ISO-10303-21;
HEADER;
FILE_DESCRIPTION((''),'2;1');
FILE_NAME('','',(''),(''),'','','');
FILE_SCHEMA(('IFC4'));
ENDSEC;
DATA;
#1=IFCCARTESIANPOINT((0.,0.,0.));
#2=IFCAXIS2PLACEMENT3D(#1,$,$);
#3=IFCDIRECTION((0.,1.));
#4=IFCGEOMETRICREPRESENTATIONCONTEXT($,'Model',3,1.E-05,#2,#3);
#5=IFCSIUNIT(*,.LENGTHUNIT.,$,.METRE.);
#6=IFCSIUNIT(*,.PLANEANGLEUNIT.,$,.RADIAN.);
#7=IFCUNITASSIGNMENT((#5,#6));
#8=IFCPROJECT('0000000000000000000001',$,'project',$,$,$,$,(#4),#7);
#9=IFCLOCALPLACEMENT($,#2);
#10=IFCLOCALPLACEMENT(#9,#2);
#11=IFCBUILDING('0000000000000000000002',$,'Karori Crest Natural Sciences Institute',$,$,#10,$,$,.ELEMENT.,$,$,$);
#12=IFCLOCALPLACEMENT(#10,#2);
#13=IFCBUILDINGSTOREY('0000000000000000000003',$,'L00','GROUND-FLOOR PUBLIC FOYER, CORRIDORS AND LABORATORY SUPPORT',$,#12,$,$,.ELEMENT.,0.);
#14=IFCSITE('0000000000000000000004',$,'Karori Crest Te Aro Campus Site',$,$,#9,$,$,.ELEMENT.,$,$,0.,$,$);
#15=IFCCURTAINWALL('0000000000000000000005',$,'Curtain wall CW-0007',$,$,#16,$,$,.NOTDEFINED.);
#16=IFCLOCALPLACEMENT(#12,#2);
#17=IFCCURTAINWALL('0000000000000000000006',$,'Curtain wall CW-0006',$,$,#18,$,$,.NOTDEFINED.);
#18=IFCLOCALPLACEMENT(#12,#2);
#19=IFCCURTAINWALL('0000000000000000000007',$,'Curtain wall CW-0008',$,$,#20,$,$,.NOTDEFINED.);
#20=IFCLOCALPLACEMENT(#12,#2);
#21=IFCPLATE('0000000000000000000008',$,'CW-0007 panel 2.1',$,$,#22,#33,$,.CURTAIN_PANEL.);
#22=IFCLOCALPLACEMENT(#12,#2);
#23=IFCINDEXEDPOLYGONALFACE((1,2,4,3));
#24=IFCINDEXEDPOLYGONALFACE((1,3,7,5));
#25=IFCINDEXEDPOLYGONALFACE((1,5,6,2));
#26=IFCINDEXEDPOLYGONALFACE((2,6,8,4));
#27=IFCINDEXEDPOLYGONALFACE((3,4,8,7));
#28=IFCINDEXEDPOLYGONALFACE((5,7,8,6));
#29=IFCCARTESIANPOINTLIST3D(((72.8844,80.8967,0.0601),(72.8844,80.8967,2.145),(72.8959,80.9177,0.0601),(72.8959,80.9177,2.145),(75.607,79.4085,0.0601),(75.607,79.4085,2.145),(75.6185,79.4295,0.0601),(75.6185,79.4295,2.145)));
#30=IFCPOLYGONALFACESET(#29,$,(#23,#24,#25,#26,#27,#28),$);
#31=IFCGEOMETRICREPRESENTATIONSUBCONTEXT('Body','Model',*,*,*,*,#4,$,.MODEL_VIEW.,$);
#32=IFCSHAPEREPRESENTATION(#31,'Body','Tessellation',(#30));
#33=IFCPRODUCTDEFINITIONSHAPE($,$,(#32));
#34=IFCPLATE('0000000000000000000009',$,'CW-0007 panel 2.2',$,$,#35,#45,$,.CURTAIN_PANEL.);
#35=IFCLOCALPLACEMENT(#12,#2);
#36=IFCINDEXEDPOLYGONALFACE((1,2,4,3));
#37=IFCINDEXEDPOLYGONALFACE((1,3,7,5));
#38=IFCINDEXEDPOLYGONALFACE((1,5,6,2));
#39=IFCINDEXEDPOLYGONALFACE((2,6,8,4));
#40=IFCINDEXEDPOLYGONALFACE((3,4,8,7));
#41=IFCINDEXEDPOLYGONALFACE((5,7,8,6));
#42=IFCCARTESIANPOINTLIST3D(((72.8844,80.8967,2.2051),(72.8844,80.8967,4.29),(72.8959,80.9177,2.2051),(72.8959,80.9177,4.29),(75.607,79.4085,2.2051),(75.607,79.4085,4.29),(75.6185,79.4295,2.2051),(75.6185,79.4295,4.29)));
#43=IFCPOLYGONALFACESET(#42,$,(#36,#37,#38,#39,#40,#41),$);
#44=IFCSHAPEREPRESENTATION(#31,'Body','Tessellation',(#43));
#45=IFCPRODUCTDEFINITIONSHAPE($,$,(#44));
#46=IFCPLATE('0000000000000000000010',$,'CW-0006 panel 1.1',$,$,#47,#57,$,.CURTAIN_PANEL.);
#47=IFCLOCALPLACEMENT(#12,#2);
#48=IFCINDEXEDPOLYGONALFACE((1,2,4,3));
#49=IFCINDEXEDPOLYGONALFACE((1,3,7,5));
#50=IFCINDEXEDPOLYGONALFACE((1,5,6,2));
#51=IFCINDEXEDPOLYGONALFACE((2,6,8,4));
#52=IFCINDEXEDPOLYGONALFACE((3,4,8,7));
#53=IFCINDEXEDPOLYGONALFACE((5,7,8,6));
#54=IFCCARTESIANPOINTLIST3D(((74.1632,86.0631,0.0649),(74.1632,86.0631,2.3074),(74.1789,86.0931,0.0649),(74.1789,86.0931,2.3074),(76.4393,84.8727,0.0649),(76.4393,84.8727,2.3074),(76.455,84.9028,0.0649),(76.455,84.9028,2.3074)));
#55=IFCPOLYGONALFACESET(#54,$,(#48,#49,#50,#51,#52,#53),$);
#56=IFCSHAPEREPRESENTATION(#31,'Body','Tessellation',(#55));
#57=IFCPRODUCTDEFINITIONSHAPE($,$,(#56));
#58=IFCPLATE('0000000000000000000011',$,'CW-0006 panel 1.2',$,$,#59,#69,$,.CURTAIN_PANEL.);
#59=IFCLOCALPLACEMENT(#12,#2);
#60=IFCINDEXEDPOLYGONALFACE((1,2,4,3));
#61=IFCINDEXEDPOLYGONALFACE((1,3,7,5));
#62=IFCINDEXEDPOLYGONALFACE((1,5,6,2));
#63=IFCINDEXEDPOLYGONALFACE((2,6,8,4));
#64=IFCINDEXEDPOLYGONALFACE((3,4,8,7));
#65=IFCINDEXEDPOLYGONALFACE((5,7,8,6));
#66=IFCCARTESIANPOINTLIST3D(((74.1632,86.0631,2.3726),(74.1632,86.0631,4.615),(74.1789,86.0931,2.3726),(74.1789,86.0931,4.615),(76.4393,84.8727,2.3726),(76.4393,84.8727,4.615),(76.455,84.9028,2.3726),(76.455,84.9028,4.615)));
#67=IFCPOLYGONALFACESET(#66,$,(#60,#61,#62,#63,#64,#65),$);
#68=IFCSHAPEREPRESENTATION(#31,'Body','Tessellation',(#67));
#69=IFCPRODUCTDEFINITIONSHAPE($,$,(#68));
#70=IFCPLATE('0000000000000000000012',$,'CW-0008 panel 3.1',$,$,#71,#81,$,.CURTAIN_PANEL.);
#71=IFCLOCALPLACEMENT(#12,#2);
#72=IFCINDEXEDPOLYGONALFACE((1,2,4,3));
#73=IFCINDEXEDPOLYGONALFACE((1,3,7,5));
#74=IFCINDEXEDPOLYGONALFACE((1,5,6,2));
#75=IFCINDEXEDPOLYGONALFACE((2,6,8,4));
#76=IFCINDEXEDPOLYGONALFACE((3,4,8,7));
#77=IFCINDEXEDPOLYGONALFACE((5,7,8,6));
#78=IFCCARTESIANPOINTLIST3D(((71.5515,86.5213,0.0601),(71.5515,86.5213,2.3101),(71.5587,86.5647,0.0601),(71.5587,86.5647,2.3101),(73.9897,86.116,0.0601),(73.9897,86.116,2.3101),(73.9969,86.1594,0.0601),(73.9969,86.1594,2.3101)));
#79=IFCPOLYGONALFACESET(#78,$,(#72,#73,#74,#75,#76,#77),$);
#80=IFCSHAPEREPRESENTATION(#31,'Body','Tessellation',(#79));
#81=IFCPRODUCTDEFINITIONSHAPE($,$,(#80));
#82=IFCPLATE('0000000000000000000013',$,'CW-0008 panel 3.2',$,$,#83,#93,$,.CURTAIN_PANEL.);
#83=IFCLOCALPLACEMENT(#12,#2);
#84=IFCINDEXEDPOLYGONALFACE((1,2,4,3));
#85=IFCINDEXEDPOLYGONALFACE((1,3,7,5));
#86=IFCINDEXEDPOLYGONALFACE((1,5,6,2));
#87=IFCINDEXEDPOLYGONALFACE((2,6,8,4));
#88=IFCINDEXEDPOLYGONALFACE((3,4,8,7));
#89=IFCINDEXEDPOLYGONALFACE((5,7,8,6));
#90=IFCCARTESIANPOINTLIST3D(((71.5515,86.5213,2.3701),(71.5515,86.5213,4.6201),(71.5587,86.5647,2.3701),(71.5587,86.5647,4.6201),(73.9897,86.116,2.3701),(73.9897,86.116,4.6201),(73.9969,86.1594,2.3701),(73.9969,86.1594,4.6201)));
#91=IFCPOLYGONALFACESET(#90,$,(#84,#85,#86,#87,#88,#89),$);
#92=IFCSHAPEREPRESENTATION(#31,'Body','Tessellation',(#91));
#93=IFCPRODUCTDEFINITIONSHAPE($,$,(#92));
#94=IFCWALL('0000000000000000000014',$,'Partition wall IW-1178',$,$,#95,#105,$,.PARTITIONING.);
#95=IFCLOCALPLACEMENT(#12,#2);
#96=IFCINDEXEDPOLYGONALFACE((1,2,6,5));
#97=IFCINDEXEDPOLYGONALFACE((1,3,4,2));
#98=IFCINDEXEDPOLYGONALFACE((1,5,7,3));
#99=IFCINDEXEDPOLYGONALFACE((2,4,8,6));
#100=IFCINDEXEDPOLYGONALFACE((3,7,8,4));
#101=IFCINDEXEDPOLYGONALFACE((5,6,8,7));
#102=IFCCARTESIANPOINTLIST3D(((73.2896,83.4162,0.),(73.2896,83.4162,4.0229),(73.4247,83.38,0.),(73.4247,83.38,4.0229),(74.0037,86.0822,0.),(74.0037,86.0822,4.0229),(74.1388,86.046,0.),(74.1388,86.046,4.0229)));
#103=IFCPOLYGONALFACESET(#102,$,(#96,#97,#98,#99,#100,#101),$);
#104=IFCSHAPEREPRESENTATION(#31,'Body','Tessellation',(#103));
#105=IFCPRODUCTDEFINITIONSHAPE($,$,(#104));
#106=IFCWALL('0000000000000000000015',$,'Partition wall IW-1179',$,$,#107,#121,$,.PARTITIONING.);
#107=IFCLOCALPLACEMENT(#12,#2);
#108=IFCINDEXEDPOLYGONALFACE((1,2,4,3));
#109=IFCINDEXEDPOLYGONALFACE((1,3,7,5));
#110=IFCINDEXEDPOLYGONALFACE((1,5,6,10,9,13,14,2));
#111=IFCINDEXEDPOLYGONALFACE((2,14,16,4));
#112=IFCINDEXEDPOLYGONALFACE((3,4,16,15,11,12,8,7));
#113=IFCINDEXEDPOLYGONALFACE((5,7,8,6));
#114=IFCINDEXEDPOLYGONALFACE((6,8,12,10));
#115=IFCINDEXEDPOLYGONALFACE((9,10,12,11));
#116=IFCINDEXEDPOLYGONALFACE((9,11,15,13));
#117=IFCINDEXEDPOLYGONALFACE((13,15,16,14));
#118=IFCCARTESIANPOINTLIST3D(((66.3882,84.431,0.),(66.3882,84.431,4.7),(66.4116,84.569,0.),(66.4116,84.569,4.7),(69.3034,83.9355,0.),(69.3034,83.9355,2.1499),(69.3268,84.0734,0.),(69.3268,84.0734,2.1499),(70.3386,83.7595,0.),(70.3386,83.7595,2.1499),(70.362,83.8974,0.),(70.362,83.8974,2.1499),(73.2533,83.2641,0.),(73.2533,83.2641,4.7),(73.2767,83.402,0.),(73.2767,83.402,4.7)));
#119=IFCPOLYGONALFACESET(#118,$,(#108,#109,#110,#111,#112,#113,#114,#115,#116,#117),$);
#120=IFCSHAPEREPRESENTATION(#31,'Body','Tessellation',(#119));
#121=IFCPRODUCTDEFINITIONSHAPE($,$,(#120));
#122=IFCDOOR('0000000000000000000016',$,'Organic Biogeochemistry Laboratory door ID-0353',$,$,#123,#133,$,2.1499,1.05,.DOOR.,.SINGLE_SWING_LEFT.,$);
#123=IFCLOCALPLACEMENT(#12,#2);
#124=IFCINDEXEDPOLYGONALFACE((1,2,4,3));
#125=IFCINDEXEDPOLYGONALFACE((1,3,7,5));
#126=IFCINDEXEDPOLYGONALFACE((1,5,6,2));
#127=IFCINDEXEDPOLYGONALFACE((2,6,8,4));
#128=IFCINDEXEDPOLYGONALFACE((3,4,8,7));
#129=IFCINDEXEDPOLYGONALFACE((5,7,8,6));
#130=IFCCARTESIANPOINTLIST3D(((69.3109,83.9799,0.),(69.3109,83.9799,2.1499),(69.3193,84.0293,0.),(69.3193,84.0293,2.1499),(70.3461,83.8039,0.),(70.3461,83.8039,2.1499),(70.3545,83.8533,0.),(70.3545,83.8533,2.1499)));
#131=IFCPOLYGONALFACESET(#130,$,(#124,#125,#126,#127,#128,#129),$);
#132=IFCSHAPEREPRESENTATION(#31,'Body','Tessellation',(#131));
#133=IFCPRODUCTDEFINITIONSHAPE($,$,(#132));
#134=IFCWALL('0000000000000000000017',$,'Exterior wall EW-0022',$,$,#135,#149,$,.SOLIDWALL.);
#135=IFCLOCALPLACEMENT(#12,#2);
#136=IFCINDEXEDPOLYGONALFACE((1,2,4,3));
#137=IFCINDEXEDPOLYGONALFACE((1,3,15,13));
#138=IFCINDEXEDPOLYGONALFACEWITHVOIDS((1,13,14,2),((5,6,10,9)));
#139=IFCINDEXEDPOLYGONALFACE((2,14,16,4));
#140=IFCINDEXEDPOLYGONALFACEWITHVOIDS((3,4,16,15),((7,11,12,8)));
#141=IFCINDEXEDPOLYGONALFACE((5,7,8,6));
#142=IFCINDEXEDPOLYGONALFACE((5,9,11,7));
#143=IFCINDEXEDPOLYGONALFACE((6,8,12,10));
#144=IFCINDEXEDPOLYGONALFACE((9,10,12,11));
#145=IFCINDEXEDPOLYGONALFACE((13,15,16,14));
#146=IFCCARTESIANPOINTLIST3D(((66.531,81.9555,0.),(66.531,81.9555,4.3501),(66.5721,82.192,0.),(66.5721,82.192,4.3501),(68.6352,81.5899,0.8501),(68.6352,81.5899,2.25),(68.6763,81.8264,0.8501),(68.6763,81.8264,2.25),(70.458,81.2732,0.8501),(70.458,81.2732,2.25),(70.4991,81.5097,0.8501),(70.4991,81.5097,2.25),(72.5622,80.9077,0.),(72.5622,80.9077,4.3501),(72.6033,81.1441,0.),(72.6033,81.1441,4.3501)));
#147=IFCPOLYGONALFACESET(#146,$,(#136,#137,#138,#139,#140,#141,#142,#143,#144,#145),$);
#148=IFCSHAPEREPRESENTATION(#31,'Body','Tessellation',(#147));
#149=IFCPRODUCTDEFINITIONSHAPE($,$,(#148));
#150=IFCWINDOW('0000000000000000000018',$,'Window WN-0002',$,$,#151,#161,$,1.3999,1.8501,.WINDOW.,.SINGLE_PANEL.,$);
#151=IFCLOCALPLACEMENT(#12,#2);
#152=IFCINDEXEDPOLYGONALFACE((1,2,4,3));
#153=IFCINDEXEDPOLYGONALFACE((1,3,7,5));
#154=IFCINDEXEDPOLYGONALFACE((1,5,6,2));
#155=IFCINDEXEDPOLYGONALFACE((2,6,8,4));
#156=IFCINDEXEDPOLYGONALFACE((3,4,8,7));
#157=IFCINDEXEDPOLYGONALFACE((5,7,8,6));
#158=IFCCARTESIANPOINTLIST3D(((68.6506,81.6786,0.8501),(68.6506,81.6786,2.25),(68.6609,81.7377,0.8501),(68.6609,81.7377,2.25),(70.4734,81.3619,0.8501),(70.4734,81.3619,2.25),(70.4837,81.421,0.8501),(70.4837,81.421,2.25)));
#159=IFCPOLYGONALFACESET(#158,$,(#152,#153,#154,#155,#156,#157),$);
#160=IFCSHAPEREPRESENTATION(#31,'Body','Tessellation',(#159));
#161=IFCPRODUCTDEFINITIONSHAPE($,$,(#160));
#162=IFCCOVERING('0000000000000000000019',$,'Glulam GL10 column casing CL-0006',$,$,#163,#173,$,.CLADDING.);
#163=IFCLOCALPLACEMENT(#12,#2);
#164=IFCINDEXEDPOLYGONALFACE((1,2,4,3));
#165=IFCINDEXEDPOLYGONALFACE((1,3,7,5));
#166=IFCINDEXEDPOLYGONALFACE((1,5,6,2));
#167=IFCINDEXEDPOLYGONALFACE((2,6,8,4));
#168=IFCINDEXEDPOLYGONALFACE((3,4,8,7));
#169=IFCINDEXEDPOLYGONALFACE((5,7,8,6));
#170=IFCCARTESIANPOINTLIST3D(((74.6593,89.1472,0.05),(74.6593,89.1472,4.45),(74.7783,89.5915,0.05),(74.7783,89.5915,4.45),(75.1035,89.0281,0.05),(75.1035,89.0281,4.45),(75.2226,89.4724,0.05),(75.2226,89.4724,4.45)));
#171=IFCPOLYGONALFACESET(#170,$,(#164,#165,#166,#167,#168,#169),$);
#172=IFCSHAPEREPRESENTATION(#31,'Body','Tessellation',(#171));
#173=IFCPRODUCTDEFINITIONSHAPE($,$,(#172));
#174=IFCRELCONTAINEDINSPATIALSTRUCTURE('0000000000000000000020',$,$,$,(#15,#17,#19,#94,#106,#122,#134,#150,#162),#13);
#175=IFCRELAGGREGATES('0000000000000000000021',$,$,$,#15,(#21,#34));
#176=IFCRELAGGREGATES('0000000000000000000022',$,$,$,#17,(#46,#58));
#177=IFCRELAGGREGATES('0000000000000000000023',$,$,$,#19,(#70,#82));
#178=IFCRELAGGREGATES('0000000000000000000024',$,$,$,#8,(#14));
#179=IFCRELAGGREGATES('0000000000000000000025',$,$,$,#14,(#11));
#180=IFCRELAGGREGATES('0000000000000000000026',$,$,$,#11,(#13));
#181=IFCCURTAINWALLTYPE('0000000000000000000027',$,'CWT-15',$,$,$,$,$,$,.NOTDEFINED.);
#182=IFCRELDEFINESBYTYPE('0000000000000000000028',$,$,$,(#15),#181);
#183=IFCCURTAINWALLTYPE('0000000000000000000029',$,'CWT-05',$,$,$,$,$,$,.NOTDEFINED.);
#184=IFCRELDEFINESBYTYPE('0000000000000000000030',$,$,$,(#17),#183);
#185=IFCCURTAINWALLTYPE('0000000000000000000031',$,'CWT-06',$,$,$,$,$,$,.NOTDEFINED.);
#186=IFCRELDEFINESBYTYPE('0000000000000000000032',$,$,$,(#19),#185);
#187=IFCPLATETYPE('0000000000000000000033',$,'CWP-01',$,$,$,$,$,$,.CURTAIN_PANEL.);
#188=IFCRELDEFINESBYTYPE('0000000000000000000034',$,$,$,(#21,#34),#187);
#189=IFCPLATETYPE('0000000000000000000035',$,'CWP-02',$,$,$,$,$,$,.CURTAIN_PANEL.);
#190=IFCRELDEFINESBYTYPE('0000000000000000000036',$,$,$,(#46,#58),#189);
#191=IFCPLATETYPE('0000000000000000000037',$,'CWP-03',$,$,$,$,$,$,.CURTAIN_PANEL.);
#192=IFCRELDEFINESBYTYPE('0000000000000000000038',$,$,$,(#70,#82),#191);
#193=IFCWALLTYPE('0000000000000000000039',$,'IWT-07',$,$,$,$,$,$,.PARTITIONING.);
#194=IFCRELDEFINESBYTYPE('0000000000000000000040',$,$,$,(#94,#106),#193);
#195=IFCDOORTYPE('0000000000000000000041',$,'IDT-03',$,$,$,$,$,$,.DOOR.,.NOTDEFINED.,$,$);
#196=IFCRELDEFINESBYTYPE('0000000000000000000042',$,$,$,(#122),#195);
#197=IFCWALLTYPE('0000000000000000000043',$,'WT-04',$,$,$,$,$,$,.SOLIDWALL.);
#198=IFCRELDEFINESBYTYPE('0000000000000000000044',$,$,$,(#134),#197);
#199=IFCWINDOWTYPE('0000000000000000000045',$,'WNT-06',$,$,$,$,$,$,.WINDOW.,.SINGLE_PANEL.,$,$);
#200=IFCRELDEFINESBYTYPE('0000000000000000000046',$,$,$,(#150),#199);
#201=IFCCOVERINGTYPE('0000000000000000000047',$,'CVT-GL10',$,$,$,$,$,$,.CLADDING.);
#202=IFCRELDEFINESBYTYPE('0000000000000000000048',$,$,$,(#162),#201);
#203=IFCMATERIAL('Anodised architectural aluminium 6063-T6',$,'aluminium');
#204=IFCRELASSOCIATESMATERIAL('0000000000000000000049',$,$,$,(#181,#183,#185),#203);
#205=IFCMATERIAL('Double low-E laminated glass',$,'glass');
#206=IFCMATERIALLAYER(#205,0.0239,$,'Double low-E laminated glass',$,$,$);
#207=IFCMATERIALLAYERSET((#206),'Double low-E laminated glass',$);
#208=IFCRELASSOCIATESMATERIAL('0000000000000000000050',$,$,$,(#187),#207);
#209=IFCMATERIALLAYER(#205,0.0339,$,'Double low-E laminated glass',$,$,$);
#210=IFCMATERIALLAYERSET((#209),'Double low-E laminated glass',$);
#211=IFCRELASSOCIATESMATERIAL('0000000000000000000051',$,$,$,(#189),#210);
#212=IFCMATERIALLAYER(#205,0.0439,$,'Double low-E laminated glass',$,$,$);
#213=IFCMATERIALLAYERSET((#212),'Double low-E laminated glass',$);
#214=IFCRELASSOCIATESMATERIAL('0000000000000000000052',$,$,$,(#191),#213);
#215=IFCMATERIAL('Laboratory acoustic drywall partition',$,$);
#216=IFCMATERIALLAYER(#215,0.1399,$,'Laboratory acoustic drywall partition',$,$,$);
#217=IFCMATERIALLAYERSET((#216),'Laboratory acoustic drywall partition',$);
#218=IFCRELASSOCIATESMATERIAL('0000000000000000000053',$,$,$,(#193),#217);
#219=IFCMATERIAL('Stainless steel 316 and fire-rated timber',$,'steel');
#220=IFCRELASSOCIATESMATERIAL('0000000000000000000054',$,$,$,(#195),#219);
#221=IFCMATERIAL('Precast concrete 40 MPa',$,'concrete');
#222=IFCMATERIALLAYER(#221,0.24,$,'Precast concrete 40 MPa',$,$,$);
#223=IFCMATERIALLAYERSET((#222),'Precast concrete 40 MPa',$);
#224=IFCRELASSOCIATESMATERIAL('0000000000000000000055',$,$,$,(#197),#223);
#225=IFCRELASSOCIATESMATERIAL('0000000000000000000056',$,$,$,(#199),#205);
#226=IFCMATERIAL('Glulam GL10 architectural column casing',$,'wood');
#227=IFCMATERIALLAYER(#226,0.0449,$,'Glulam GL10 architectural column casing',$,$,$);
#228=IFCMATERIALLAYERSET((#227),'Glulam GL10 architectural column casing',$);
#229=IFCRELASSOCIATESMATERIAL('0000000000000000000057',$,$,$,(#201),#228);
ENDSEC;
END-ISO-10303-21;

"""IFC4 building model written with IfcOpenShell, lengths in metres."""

from ifc_helpers import new_model, si_unit, direction, frame, frame_2d, origin, origin_2d, place, context, subcontext, project, spatial, rectangle, extrude, material, layer, layer_set, type_object, element, fill, aggregate, save


model = new_model("IFC4")

# Units and contexts
model_context = context("Model", 3, precision=1e-05, world=origin(), true_north=direction((0.0, 1.0)))
body_context = subcontext(model_context, "Body", "Model", "MODEL_VIEW")
ifc_project = project(units=[si_unit("LENGTHUNIT", "METRE"), si_unit("PLANEANGLEUNIT", "RADIAN")], contexts=[model_context])

# Site, building, storey
site_placement = place(None, origin())
site = spatial("IfcSite", under=ifc_project, at=site_placement, Name="Karori Crest Te Aro Campus Site", CompositionType="ELEMENT", RefElevation=0.0)
building_placement = place(site_placement, origin())
building = spatial("IfcBuilding", under=site, at=building_placement, Name="Karori Crest Natural Sciences Institute", CompositionType="ELEMENT")
storey_placement = place(building_placement, origin())
storey = spatial("IfcBuildingStorey", under=building, at=storey_placement, Name="L00", Description="GROUND-FLOOR PUBLIC FOYER, CORRIDORS AND LABORATORY SUPPORT", CompositionType="ELEMENT", Elevation=0.0)

# Curtain walls
ifc_material_1 = material(Name="Anodised architectural aluminium 6063-T6", Category="aluminium")
curtain_wall_type_1 = type_object("IfcCurtainWallType", Name="CWT-15", PredefinedType="NOTDEFINED", material=ifc_material_1)
curtain_wall_1_placement = place(storey_placement, origin())
curtain_wall_1 = element("IfcCurtainWall", 1, at=curtain_wall_1_placement, inside=storey, type_object=curtain_wall_type_1, Name="Curtain wall CW-0007", PredefinedType="NOTDEFINED")
curtain_wall_type_2 = type_object("IfcCurtainWallType", Name="CWT-05", PredefinedType="NOTDEFINED", material=ifc_material_1)
curtain_wall_2_placement = place(storey_placement, origin())
curtain_wall_2 = element("IfcCurtainWall", 2, at=curtain_wall_2_placement, inside=storey, type_object=curtain_wall_type_2, Name="Curtain wall CW-0006", PredefinedType="NOTDEFINED")

# Curtain wall
curtain_wall_type_3 = type_object("IfcCurtainWallType", Name="CWT-06", PredefinedType="NOTDEFINED", material=ifc_material_1)
curtain_wall_3_placement = place(storey_placement, origin())
curtain_wall_3 = element("IfcCurtainWall", 3, at=curtain_wall_3_placement, inside=storey, type_object=curtain_wall_type_3, Name="Curtain wall CW-0008", PredefinedType="NOTDEFINED")

# Plates
ifc_material_2 = material(Name="Double low-E laminated glass", Category="glass")
ifc_layer_1 = layer(ifc_material_2, 0.0239, Name="Double low-E laminated glass")
ifc_layer_set_1 = layer_set([ifc_layer_1], Name="Double low-E laminated glass")
plate_type_1 = type_object("IfcPlateType", Name="CWP-01", PredefinedType="CURTAIN_PANEL", material=ifc_layer_set_1)
plate_1_placement = place(storey_placement, frame((74.2515, 80.1631, 0.0601), z_axis=(0.0, 0.0, 1.0), x_axis=(-0.877464, 0.479643, 0.0)))
plate_1 = element("IfcPlate", 4, at=plate_1_placement, type_object=plate_type_1, Name="CW-0007 panel 2.1", PredefinedType="CURTAIN_PANEL", context=body_context, shape_type="SweptSolid", body=[
    extrude(rectangle(XDim=3.1028, YDim=0.0239, at=origin_2d()), origin(), (0.0, 0.0, 1.0), 2.085),
])
plate_2_placement = place(storey_placement, frame((74.2515, 80.1631, 2.2051), z_axis=(0.0, 0.0, 1.0), x_axis=(-0.877464, 0.479643, 0.0)))
plate_2 = element("IfcPlate", 5, at=plate_2_placement, type_object=plate_type_1, Name="CW-0007 panel 2.2", PredefinedType="CURTAIN_PANEL", context=body_context, shape_type="SweptSolid", body=[
    extrude(rectangle(XDim=3.1028, YDim=0.0239, at=origin_2d()), origin(), (0.0, 0.0, 1.0), 2.085),
])
aggregate(curtain_wall_1, [plate_1, plate_2])
ifc_layer_2 = layer(ifc_material_2, 0.0339, Name="Double low-E laminated glass")
ifc_layer_set_2 = layer_set([ifc_layer_2], Name="Double low-E laminated glass")
plate_type_2 = type_object("IfcPlateType", Name="CWP-02", PredefinedType="CURTAIN_PANEL", material=ifc_layer_set_2)
plate_3_placement = place(storey_placement, frame((75.3091, 85.4829, 0.0649), z_axis=(0.0, 0.0, 1.0), x_axis=(0.886136, -0.463426, 0.0)))
plate_3 = element("IfcPlate", 6, at=plate_3_placement, type_object=plate_type_2, Name="CW-0006 panel 1.1", PredefinedType="CURTAIN_PANEL", context=body_context, shape_type="SweptSolid", body=[
    extrude(rectangle(XDim=2.5686, YDim=0.0339, at=origin_2d()), origin(), (0.0, 0.0, 1.0), 2.2424),
])
plate_4_placement = place(storey_placement, frame((75.3091, 85.4829, 2.3726), z_axis=(0.0, 0.0, 1.0), x_axis=(0.886136, -0.463426, 0.0)))
plate_4 = element("IfcPlate", 7, at=plate_4_placement, type_object=plate_type_2, Name="CW-0006 panel 1.2", PredefinedType="CURTAIN_PANEL", context=body_context, shape_type="SweptSolid", body=[
    extrude(rectangle(XDim=2.5686, YDim=0.0339, at=origin_2d()), origin(), (0.0, 0.0, 1.0), 2.2424),
])
aggregate(curtain_wall_2, [plate_3, plate_4])
ifc_layer_3 = layer(ifc_material_2, 0.0439, Name="Double low-E laminated glass")
ifc_layer_set_3 = layer_set([ifc_layer_3], Name="Double low-E laminated glass")
plate_type_3 = type_object("IfcPlateType", Name="CWP-03", PredefinedType="CURTAIN_PANEL", material=ifc_layer_set_3)
plate_5_placement = place(storey_placement, frame((72.7742, 86.3403, 0.0601), z_axis=(0.0, 0.0, 1.0), x_axis=(0.986465, -0.163974, 0.0)))
plate_5 = element("IfcPlate", 8, at=plate_5_placement, type_object=plate_type_3, Name="CW-0008 panel 3.1", PredefinedType="CURTAIN_PANEL", context=body_context, shape_type="SweptSolid", body=[
    extrude(rectangle(XDim=2.4717, YDim=0.0439, at=origin_2d()), origin(), (0.0, 0.0, 1.0), 2.25),
])
plate_6_placement = place(storey_placement, frame((72.7742, 86.3403, 2.3701), z_axis=(0.0, 0.0, 1.0), x_axis=(0.986465, -0.163974, 0.0)))
plate_6 = element("IfcPlate", 9, at=plate_6_placement, type_object=plate_type_3, Name="CW-0008 panel 3.2", PredefinedType="CURTAIN_PANEL", context=body_context, shape_type="SweptSolid", body=[
    extrude(rectangle(XDim=2.4717, YDim=0.0439, at=origin_2d()), origin(), (0.0, 0.0, 1.0), 2.25),
])
aggregate(curtain_wall_3, [plate_5, plate_6])

# Wall
ifc_material_3 = material(Name="Laboratory acoustic drywall partition")
ifc_layer_4 = layer(ifc_material_3, 0.1399, Name="Laboratory acoustic drywall partition")
ifc_layer_set_4 = layer_set([ifc_layer_4], Name="Laboratory acoustic drywall partition")
wall_type_1 = type_object("IfcWallType", Name="IWT-07", PredefinedType="PARTITIONING", material=ifc_layer_set_4)
wall_1_placement = place(storey_placement, frame((73.3572, 83.3982, 0.0), z_axis=(0.0, 0.0, 1.0), x_axis=(0.258736, 0.965948, 0.0)))
element("IfcWall", 10, at=wall_1_placement, inside=storey, type_object=wall_type_1, Name="Partition wall IW-1178", PredefinedType="PARTITIONING", context=body_context, shape_type="SweptSolid", body=[
    extrude(rectangle(XDim=2.76, YDim=0.1399, at=frame_2d((1.3799, 0.0))), origin(), (0.0, 0.0, 1.0), 4.0229),
])

# Wall, opening, door
wall_2_placement = place(storey_placement, frame((73.2651, 83.333, 0.0), z_axis=(0.0, 0.0, 1.0), x_axis=(-0.985858, 0.167582, 0.0)))
wall_2 = element("IfcWall", 11, at=wall_2_placement, inside=storey, type_object=wall_type_1, Name="Partition wall IW-1179", PredefinedType="PARTITIONING", context=body_context, shape_type="SweptSolid", body=[
    extrude(rectangle(XDim=6.9636, YDim=0.1399, at=frame_2d((3.4819, 0.0))), origin(), (0.0, 0.0, 1.0), 4.7),
])
opening_1_placement = place(wall_2_placement, frame((2.9568, 0.0, 0.0)))
opening_1 = element("IfcOpeningElement", 12, at=opening_1_placement, cuts=wall_2, PredefinedType="OPENING", context=body_context, shape_type="SweptSolid", body=[
    extrude(rectangle(XDim=1.05, YDim=2.1499, at=frame_2d((0.5249, 1.075))), frame((0.0, 0.0801, 0.0), z_axis=(0.0, -1.0, 0.0), x_axis=(1.0, 0.0, 0.0)), (0.0, 0.0, 1.0), 0.1599),
])
ifc_material_4 = material(Name="Stainless steel 316 and fire-rated timber", Category="steel")
door_type = type_object("IfcDoorType", Name="IDT-03", OperationType="NOTDEFINED", PredefinedType="DOOR", material=ifc_material_4)
door_placement = place(opening_1_placement, origin())
door = element("IfcDoor", 13, at=door_placement, inside=storey, type_object=door_type, Name="Organic Biogeochemistry Laboratory door ID-0353", OperationType="SINGLE_SWING_LEFT", OverallHeight=2.1499, OverallWidth=1.05, PredefinedType="DOOR", context=body_context, shape_type="SweptSolid", body=[
    extrude(rectangle(XDim=1.05, YDim=2.1499, at=frame_2d((0.5249, 1.075))), frame((0.0, 0.0249, 0.0), z_axis=(0.0, -1.0, 0.0), x_axis=(1.0, 0.0, 0.0)), (0.0, 0.0, 1.0), 0.05),
])
fill(opening_1, door)

# Wall, opening, window
ifc_material_5 = material(Name="Precast concrete 40 MPa", Category="concrete")
ifc_layer_5 = layer(ifc_material_5, 0.24, Name="Precast concrete 40 MPa")
ifc_layer_set_5 = layer_set([ifc_layer_5], Name="Precast concrete 40 MPa")
wall_type_2 = type_object("IfcWallType", Name="WT-04", PredefinedType="SOLIDWALL", material=ifc_layer_set_5)
wall_3_placement = place(storey_placement, frame((72.5828, 81.0259, 0.0), z_axis=(0.0, 0.0, 1.0), x_axis=(-0.985241, 0.171173, 0.0)))
wall_3 = element("IfcWall", 14, at=wall_3_placement, inside=storey, type_object=wall_type_2, Name="Exterior wall EW-0022", PredefinedType="SOLIDWALL", context=body_context, shape_type="SweptSolid", body=[
    extrude(rectangle(XDim=6.1216, YDim=0.24, at=frame_2d((3.0608, 0.0))), origin(), (0.0, 0.0, 1.0), 4.3501),
])
opening_2_placement = place(wall_3_placement, frame((2.1357, 0.0, 0.8501)))
opening_2 = element("IfcOpeningElement", 15, at=opening_2_placement, cuts=wall_3, PredefinedType="OPENING", context=body_context, shape_type="SweptSolid", body=[
    extrude(rectangle(XDim=1.8501, YDim=1.3999, at=frame_2d((0.925, 0.7))), frame((0.0, 0.1299, 0.0), z_axis=(0.0, -1.0, 0.0), x_axis=(1.0, 0.0, 0.0)), (0.0, 0.0, 1.0), 0.26),
])
window_type = type_object("IfcWindowType", Name="WNT-06", PartitioningType="SINGLE_PANEL", PredefinedType="WINDOW", material=ifc_material_2)
window_placement = place(opening_2_placement, origin())
window = element("IfcWindow", 16, at=window_placement, inside=storey, type_object=window_type, Name="Window WN-0002", OverallHeight=1.3999, OverallWidth=1.8501, PartitioningType="SINGLE_PANEL", PredefinedType="WINDOW", context=body_context, shape_type="SweptSolid", body=[
    extrude(rectangle(XDim=1.8501, YDim=1.3999, at=frame_2d((0.925, 0.7))), frame((0.0, 0.03, 0.0), z_axis=(0.0, -1.0, 0.0), x_axis=(1.0, 0.0, 0.0)), (0.0, 0.0, 1.0), 0.0601),
])
fill(opening_2, window)

# Covering
ifc_material_6 = material(Name="Glulam GL10 architectural column casing", Category="wood")
ifc_layer_6 = layer(ifc_material_6, 0.0449, Name="Glulam GL10 architectural column casing")
ifc_layer_set_6 = layer_set([ifc_layer_6], Name="Glulam GL10 architectural column casing")
covering_type = type_object("IfcCoveringType", Name="CVT-GL10", PredefinedType="CLADDING", material=ifc_layer_set_6)
covering_placement = place(storey_placement, frame((74.9409, 89.3098, 0.05), z_axis=(0.0, 0.0, 1.0), x_axis=(0.258819, 0.965926, 0.0)))
element("IfcCovering", 17, at=covering_placement, inside=storey, type_object=covering_type, Name="Glulam GL10 column casing CL-0006", PredefinedType="CLADDING", context=body_context, shape_type="SweptSolid", body=[
    extrude(rectangle(XDim=0.46, YDim=0.46, at=origin_2d()), origin(), (0.0, 0.0, 1.0), 4.3999),
])

save(model, "model.ifc")
